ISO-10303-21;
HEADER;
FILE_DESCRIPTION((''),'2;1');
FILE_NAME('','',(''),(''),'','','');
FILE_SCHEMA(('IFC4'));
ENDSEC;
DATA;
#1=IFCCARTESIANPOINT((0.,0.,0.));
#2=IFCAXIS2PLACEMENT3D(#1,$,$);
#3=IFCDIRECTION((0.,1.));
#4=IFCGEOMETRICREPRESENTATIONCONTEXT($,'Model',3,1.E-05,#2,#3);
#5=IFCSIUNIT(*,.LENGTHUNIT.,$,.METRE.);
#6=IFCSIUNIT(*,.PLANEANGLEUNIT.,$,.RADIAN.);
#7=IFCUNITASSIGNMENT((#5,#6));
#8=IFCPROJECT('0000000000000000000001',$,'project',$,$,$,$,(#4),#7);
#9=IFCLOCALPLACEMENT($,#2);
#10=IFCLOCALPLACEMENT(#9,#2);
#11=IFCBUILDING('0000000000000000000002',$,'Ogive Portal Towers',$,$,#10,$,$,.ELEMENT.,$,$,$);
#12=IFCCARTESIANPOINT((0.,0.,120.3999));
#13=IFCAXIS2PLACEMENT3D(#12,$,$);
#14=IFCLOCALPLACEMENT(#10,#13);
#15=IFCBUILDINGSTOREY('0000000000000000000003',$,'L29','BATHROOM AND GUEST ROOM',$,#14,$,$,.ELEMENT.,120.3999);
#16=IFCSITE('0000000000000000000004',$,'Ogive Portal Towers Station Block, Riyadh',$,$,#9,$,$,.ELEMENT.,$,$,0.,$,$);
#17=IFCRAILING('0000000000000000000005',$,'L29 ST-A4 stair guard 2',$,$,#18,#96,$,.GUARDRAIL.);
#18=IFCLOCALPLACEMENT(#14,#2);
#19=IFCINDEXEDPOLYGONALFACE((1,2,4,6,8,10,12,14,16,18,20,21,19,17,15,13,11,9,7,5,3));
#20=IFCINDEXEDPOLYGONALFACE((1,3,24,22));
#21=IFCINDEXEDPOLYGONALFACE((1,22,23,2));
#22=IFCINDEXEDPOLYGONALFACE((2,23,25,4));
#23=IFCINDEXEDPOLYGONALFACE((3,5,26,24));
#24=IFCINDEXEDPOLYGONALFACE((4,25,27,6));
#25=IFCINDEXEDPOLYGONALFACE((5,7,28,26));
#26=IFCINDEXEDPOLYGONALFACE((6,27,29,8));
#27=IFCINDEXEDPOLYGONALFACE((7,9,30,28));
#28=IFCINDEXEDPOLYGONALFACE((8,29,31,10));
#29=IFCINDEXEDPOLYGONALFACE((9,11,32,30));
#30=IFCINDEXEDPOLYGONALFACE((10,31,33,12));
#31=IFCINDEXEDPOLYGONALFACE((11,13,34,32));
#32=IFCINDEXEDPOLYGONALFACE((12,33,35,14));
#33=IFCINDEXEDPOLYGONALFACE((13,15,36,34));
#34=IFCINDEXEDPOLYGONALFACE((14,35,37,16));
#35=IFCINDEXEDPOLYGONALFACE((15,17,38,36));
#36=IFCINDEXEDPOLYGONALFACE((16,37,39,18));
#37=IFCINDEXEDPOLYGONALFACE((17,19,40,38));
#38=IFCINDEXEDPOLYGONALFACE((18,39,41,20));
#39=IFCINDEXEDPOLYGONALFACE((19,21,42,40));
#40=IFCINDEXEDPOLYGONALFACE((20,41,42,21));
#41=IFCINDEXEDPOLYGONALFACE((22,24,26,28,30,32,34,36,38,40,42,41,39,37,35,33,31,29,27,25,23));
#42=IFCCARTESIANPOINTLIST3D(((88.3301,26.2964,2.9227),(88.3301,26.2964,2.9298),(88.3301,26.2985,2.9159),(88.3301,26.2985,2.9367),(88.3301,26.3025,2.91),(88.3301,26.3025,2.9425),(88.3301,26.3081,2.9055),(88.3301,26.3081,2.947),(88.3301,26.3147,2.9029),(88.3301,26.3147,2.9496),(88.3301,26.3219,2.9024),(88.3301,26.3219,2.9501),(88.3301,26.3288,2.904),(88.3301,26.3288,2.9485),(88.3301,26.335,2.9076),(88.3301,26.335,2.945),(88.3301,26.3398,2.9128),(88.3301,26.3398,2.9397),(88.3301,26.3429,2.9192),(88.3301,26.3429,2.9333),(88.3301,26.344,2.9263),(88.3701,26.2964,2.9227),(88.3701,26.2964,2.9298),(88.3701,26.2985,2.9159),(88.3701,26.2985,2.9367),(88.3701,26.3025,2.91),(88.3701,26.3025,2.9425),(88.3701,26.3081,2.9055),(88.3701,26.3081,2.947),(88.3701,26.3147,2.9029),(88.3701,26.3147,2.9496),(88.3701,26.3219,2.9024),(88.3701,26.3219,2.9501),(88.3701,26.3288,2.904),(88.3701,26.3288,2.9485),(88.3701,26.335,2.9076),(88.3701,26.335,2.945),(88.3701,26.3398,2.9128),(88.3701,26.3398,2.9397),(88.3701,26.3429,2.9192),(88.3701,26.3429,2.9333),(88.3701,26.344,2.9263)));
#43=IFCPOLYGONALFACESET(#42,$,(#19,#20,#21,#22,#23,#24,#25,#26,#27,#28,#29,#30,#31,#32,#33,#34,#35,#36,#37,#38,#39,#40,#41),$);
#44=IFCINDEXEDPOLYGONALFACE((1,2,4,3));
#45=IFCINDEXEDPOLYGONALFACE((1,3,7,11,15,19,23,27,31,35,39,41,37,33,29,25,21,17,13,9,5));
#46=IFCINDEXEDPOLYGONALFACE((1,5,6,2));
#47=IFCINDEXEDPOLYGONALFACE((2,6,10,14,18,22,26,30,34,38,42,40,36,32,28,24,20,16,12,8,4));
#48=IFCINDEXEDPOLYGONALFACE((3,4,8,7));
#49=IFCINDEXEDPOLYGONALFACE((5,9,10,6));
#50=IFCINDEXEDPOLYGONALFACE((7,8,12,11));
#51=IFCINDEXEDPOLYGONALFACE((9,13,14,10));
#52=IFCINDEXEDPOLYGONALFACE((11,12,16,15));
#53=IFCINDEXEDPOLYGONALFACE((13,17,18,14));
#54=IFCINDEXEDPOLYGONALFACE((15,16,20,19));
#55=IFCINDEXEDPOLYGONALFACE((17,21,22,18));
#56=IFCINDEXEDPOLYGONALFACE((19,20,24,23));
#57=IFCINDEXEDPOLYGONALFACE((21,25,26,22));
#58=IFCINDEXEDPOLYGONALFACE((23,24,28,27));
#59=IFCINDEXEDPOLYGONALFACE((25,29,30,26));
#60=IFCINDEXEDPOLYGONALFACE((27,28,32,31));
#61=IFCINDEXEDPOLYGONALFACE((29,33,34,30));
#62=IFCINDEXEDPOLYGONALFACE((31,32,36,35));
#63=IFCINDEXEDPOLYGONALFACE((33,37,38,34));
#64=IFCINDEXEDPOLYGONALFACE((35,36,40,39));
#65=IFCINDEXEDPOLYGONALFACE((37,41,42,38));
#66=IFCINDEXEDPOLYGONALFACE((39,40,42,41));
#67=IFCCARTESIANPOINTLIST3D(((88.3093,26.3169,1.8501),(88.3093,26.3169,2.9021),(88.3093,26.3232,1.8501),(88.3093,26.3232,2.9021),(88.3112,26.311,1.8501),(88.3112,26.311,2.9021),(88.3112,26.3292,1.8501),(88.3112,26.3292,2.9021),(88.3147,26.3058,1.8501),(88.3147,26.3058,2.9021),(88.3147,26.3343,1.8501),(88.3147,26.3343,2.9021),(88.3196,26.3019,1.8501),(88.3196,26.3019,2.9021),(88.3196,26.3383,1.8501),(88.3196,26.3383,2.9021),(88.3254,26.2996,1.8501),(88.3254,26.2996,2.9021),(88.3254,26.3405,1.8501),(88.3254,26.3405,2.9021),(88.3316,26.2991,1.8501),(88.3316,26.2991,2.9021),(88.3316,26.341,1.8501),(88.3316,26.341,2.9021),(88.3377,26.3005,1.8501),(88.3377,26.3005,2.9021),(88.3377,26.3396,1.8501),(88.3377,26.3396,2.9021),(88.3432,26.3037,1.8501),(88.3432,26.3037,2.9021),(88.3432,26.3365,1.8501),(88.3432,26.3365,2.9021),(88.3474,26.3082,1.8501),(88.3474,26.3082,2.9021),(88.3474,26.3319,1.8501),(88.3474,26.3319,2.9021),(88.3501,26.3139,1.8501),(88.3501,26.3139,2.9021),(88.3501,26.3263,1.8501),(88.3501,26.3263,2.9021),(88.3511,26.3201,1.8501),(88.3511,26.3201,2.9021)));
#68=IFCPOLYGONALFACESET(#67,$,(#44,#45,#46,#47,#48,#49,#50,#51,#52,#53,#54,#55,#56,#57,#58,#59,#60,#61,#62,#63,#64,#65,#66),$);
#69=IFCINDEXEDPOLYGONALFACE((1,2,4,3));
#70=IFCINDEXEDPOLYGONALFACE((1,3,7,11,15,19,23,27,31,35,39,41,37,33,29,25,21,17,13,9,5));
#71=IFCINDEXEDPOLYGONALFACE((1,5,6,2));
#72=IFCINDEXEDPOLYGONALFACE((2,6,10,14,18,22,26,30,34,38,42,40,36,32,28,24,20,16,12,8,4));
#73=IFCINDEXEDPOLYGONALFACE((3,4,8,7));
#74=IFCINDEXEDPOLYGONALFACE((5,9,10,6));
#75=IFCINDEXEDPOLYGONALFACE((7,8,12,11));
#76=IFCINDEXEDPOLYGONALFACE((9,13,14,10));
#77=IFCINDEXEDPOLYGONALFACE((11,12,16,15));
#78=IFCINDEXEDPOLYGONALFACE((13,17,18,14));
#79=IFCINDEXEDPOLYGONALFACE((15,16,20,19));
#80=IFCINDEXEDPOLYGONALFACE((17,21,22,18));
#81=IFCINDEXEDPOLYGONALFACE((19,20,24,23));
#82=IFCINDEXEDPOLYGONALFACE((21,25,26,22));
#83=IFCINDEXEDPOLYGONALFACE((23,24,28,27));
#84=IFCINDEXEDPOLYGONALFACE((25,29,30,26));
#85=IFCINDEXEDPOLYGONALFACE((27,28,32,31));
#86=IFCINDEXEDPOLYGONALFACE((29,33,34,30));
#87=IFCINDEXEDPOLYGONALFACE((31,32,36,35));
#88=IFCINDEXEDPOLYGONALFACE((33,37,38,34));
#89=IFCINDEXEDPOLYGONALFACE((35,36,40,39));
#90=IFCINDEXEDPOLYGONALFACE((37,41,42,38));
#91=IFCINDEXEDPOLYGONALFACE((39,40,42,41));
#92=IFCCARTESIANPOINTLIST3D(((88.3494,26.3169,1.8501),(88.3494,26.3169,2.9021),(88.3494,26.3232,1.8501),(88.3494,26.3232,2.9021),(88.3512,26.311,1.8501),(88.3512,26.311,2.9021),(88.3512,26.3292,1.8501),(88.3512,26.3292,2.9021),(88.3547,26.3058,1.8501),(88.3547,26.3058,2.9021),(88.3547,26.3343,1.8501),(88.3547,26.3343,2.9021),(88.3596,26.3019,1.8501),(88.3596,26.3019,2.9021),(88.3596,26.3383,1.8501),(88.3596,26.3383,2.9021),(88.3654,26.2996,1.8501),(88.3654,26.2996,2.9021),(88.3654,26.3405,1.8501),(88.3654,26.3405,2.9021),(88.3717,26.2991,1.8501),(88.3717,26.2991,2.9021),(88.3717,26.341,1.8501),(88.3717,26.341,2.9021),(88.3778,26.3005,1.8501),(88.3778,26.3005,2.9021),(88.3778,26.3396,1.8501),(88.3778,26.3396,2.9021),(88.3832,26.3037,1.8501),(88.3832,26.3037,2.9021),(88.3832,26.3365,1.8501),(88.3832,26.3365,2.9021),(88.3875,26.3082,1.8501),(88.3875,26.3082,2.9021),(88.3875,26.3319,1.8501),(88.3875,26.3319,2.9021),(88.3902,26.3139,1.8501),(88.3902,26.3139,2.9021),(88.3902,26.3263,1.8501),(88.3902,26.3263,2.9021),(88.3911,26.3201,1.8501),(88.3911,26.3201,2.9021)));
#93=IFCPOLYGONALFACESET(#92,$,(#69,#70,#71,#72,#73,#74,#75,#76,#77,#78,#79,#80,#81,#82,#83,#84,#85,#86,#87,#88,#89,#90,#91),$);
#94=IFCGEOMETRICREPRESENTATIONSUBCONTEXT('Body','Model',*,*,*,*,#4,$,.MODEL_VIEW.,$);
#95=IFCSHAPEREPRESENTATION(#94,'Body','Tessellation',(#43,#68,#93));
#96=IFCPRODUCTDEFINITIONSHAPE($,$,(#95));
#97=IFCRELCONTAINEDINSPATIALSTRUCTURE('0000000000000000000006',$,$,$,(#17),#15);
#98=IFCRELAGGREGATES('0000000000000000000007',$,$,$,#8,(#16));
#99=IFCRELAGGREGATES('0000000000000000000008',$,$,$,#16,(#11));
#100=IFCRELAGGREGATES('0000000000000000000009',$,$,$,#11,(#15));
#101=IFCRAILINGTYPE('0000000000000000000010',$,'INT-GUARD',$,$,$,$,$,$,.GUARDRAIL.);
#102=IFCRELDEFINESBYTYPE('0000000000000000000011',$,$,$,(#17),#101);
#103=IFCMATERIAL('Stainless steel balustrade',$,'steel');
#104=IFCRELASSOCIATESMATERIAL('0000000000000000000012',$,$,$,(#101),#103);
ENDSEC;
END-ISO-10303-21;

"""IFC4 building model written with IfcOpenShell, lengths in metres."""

from ifc_helpers import new_model, si_unit, direction, frame, origin, origin_2d, place, context, subcontext, project, spatial, circle, extrude, material, type_object, element, save


model = new_model("IFC4")

# Units and contexts
model_context = context("Model", 3, precision=1e-05, world=origin(), true_north=direction((0.0, 1.0)))
body_context = subcontext(model_context, "Body", "Model", "MODEL_VIEW")
ifc_project = project(units=[si_unit("LENGTHUNIT", "METRE"), si_unit("PLANEANGLEUNIT", "RADIAN")], contexts=[model_context])

# Site, building, storey
site_placement = place(None, origin())
site = spatial("IfcSite", under=ifc_project, at=site_placement, Name="Ogive Portal Towers Station Block, Riyadh", CompositionType="ELEMENT", RefElevation=0.0)
building_placement = place(site_placement, origin())
building = spatial("IfcBuilding", under=site, at=building_placement, Name="Ogive Portal Towers", CompositionType="ELEMENT")
storey_placement = place(building_placement, frame((0.0, 0.0, 120.3999)))
storey = spatial("IfcBuildingStorey", under=building, at=storey_placement, Name="L29", Description="BATHROOM AND GUEST ROOM", CompositionType="ELEMENT", Elevation=120.3999)

# Railing
ifc_material_1 = material(Name="Stainless steel balustrade", Category="steel")
railing_type_1 = type_object("IfcRailingType", Name="INT-GUARD", PredefinedType="GUARDRAIL", material=ifc_material_1)
railing_1_placement = place(storey_placement, frame((88.3301, 26.3201, 1.8501)))
element("IfcRailing", 1, at=railing_1_placement, inside=storey, type_object=railing_type_1, Name="L29 ST-A4 stair guard 2", PredefinedType="GUARDRAIL", context=body_context, shape_type="SweptSolid", body=[
    extrude(circle(Radius=0.0239, at=origin_2d()), frame((0.0, 0.0, 1.0762), z_axis=(1.0, 0.0, 0.0), x_axis=(0.0, 1.0, 0.0)), (0.0, 0.0, 1.0), 0.04),
    extrude(circle(Radius=0.021, at=origin_2d()), origin(), (0.0, 0.0, 1.0), 1.052),
    extrude(circle(Radius=0.021, at=origin_2d()), frame((0.04, 0.0, 0.0)), (0.0, 0.0, 1.0), 1.052),
])

save(model, "model.ifc")
